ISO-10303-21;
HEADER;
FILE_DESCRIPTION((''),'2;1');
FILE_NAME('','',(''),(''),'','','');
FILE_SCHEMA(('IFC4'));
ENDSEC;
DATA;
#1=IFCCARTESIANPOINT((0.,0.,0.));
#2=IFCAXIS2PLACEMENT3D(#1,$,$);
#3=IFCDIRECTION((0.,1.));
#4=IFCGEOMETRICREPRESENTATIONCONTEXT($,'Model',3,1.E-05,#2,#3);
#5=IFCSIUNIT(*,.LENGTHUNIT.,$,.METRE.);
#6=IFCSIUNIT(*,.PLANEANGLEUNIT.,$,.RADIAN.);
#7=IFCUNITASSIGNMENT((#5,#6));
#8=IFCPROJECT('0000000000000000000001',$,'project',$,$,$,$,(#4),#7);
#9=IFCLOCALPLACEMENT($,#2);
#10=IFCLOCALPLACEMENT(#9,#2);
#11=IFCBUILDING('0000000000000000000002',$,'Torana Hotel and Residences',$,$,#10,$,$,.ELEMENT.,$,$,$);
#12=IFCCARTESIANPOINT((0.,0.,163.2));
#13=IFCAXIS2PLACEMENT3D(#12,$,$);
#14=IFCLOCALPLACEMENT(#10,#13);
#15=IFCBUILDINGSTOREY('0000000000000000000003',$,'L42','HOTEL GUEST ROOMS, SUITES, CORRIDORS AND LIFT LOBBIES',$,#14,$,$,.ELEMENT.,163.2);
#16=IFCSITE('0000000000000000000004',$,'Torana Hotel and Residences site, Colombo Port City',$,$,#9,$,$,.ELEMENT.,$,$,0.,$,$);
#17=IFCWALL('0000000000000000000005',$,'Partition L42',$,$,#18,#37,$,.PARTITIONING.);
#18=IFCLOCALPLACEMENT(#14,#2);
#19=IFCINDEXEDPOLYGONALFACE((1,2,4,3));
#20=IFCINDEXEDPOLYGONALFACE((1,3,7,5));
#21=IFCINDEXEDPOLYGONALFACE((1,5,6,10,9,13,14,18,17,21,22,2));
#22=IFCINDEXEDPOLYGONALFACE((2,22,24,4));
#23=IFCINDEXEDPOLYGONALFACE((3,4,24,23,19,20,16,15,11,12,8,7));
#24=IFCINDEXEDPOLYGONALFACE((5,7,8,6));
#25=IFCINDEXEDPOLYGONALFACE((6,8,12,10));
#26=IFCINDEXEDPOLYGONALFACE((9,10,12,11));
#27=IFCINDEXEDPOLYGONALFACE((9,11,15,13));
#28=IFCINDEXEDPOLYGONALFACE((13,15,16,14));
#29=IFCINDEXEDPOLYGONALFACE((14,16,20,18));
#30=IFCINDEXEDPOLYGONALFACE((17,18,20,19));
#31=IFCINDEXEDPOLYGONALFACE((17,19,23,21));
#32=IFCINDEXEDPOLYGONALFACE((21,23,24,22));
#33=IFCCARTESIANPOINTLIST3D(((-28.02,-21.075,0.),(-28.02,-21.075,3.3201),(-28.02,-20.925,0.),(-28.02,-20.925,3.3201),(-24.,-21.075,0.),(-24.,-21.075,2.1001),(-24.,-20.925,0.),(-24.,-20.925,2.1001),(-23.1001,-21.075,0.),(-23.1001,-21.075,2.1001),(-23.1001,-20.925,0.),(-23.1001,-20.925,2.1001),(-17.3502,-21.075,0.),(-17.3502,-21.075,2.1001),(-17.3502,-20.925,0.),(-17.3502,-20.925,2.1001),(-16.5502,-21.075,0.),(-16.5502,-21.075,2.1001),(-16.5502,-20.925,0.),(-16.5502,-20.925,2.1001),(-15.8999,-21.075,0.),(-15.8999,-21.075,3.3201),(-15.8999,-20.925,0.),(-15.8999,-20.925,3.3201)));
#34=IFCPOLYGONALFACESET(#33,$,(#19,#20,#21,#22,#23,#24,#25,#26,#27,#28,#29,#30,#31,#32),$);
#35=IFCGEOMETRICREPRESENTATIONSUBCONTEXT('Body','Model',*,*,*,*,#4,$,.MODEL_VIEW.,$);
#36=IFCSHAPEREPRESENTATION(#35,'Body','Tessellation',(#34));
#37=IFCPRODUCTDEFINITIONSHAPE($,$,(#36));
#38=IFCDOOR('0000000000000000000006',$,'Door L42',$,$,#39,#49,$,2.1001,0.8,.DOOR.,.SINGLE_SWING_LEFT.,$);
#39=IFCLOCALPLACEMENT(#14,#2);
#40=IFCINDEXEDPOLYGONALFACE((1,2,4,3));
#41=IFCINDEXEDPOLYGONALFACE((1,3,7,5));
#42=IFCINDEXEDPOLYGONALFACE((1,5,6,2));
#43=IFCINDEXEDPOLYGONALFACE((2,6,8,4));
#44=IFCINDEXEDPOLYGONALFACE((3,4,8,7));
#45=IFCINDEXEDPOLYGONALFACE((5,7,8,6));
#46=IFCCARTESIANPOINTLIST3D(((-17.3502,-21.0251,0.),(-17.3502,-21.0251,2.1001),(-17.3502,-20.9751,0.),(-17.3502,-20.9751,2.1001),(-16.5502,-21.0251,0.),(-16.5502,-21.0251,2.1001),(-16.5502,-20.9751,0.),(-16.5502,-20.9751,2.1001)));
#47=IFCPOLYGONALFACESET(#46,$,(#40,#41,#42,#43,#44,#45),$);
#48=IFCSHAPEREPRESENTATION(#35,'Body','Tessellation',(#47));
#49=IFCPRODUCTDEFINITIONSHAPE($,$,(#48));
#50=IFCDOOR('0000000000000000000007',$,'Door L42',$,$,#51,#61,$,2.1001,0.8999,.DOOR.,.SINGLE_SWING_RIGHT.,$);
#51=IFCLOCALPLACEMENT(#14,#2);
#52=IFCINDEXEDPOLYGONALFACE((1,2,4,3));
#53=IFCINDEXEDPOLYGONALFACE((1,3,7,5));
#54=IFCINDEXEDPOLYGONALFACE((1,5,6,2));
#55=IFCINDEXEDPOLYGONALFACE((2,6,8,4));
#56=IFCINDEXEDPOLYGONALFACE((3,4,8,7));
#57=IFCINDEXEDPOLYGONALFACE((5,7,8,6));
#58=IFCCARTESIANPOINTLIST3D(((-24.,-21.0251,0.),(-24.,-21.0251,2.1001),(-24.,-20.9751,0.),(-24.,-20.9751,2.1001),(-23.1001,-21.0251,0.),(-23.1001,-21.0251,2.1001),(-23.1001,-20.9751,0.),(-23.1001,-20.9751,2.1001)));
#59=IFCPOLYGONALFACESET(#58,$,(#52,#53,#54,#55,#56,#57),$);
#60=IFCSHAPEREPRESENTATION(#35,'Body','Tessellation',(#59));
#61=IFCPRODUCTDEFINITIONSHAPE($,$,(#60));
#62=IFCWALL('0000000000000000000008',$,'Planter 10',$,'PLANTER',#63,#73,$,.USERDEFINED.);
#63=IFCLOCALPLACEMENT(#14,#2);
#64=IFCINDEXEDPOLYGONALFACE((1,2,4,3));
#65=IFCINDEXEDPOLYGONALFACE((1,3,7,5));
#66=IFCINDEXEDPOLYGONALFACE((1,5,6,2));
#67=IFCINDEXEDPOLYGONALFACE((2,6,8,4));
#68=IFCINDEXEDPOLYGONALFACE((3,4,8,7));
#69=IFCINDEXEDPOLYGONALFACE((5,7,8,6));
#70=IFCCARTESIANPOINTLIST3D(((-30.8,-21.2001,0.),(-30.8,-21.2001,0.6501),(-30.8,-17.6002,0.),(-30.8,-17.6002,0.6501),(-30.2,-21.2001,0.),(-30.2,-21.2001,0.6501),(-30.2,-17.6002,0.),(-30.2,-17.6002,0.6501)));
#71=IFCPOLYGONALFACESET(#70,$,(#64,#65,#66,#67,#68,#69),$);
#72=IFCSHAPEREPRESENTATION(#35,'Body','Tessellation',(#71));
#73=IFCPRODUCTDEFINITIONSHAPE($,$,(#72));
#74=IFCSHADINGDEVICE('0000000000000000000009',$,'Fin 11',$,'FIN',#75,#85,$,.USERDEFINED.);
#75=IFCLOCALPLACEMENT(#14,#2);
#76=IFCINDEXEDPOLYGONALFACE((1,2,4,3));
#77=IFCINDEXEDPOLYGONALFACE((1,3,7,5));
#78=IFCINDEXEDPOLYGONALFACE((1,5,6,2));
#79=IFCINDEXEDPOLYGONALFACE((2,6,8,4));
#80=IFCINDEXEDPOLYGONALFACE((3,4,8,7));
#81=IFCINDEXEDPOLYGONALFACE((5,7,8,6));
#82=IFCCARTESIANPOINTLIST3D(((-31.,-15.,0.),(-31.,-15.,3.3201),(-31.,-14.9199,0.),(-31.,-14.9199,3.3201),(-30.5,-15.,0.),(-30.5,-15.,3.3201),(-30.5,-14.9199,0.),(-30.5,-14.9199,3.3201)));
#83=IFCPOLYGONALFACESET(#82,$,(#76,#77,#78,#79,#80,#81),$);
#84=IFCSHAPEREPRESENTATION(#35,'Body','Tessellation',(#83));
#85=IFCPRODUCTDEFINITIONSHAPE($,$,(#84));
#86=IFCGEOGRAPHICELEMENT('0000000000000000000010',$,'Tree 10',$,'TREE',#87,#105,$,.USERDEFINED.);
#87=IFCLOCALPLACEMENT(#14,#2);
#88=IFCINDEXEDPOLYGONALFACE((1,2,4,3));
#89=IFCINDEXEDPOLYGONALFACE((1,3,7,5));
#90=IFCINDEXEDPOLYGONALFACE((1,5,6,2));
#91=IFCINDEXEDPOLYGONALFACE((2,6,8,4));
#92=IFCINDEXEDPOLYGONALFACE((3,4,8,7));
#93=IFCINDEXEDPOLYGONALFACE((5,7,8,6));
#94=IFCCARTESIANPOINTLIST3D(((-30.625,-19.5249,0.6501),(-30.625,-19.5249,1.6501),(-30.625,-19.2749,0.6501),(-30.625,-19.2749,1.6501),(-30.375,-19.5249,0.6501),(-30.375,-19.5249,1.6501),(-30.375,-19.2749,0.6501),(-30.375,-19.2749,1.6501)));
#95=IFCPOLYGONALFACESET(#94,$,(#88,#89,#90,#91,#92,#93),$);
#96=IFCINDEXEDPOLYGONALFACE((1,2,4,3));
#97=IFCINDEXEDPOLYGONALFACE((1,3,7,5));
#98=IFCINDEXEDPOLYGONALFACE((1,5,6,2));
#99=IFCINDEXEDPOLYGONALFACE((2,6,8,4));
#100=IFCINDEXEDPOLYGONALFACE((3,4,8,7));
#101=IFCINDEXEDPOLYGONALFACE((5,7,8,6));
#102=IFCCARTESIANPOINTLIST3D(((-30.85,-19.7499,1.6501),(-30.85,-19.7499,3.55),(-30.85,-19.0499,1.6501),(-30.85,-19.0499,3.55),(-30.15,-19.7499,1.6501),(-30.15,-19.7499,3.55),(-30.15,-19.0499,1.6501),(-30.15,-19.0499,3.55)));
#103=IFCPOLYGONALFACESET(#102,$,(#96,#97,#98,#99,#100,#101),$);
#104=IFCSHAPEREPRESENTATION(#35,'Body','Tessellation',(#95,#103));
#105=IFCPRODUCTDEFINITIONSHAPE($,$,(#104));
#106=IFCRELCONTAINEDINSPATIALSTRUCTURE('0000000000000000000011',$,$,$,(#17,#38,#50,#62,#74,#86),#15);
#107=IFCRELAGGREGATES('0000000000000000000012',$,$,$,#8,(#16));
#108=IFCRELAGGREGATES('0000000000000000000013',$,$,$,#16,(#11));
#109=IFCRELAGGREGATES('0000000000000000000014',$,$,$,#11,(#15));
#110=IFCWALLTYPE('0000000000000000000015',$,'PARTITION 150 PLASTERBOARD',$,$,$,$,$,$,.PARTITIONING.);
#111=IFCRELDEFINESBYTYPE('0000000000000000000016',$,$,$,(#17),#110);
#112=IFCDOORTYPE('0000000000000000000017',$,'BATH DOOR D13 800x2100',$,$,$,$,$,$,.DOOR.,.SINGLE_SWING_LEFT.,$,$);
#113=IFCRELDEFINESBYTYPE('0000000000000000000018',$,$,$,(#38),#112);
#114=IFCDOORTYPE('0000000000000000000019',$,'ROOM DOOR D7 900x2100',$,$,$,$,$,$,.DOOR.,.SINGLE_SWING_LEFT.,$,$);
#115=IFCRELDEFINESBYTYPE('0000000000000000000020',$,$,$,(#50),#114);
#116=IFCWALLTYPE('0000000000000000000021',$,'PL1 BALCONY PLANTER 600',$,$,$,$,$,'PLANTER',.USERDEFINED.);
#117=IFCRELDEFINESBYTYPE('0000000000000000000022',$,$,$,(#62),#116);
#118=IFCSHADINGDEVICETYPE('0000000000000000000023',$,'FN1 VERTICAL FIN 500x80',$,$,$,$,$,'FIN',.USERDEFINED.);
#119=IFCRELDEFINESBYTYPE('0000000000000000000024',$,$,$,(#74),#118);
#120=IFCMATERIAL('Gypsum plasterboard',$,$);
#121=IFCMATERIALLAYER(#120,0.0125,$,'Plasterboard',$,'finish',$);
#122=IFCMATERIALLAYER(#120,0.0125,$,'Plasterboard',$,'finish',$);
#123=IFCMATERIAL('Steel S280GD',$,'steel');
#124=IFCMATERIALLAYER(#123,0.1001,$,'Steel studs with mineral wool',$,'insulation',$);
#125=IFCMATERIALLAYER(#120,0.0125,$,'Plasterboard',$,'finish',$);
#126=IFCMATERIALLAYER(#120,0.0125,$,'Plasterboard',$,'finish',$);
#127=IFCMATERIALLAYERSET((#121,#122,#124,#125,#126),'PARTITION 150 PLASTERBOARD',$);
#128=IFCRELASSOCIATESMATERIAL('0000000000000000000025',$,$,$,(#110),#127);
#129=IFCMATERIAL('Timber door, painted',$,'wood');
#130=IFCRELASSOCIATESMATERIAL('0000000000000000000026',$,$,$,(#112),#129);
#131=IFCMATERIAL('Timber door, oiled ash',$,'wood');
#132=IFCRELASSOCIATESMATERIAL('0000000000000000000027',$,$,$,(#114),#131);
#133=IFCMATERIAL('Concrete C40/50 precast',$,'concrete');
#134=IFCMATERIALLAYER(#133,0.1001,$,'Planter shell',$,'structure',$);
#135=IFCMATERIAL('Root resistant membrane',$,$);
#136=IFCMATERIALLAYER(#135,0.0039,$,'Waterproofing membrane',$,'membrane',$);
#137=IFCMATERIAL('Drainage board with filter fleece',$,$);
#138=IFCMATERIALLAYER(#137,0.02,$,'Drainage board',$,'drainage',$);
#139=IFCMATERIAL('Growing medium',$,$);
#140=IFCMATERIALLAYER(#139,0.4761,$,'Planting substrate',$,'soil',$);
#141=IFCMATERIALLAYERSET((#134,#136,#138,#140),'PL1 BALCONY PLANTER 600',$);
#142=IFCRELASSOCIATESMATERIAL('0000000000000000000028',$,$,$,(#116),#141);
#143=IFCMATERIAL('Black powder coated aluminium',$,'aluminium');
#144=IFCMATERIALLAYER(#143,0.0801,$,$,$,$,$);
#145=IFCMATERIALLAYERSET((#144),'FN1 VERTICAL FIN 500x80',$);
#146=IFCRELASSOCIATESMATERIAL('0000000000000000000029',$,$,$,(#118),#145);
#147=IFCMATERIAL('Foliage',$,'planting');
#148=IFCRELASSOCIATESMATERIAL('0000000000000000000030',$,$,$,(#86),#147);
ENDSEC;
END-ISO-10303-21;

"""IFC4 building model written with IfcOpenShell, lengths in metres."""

from ifc_helpers import new_model, si_unit, direction, frame, frame_2d, origin, origin_2d, place, context, subcontext, project, spatial, rectangle, extrude, material, layer, layer_set, type_object, element, fill, save


model = new_model("IFC4")

# Units and contexts
model_context = context("Model", 3, precision=1e-05, world=origin(), true_north=direction((0.0, 1.0)))
body_context = subcontext(model_context, "Body", "Model", "MODEL_VIEW")
ifc_project = project(units=[si_unit("LENGTHUNIT", "METRE"), si_unit("PLANEANGLEUNIT", "RADIAN")], contexts=[model_context])

# Site, building, storey
site_placement = place(None, origin())
site = spatial("IfcSite", under=ifc_project, at=site_placement, Name="Torana Hotel and Residences site, Colombo Port City", CompositionType="ELEMENT", RefElevation=0.0)
building_placement = place(site_placement, origin())
building = spatial("IfcBuilding", under=site, at=building_placement, Name="Torana Hotel and Residences", CompositionType="ELEMENT")
storey_placement = place(building_placement, frame((0.0, 0.0, 163.2)))
storey = spatial("IfcBuildingStorey", under=building, at=storey_placement, Name="L42", Description="HOTEL GUEST ROOMS, SUITES, CORRIDORS AND LIFT LOBBIES", CompositionType="ELEMENT", Elevation=163.2)

# Wall, openings, doors
ifc_material_1 = material(Name="Gypsum plasterboard")
ifc_layer_1 = layer(ifc_material_1, 0.0125, Name="Plasterboard", Category="finish")
ifc_layer_2 = layer(ifc_material_1, 0.0125, Name="Plasterboard", Category="finish")
ifc_material_2 = material(Name="Steel S280GD", Category="steel")
ifc_layer_3 = layer(ifc_material_2, 0.1001, Name="Steel studs with mineral wool", Category="insulation")
ifc_layer_4 = layer(ifc_material_1, 0.0125, Name="Plasterboard", Category="finish")
ifc_layer_5 = layer(ifc_material_1, 0.0125, Name="Plasterboard", Category="finish")
ifc_layer_set_1 = layer_set([ifc_layer_1, ifc_layer_2, ifc_layer_3, ifc_layer_4, ifc_layer_5], Name="PARTITION 150 PLASTERBOARD")
wall_type_1 = type_object("IfcWallType", Name="PARTITION 150 PLASTERBOARD", PredefinedType="PARTITIONING", material=ifc_layer_set_1)
wall_1_placement = place(storey_placement, frame((-28.02, -21.0, 0.0), z_axis=(0.0, 0.0, 1.0), x_axis=(1.0, 0.0, 0.0)))
wall_1 = element("IfcWall", 1, at=wall_1_placement, inside=storey, type_object=wall_type_1, Name="Partition L42", PredefinedType="PARTITIONING", context=body_context, shape_type="SweptSolid", body=[
    extrude(rectangle(XDim=12.1201, YDim=0.1499, at=frame_2d((6.0601, 0.0))), origin(), (0.0, 0.0, 1.0), 3.3201),
])
opening_1_placement = place(wall_1_placement, frame((10.6699, 0.0, 0.0)))
opening_1 = element("IfcOpeningElement", 2, at=opening_1_placement, cuts=wall_1, PredefinedType="OPENING", context=body_context, shape_type="SweptSolid", body=[
    extrude(rectangle(XDim=0.8, YDim=2.1001, at=frame_2d((0.3999, 1.05))), frame((0.0, 0.085, 0.0), z_axis=(0.0, -1.0, 0.0), x_axis=(1.0, 0.0, 0.0)), (0.0, 0.0, 1.0), 0.1699),
])
opening_2_placement = place(wall_1_placement, frame((4.02, 0.0, 0.0)))
opening_2 = element("IfcOpeningElement", 3, at=opening_2_placement, cuts=wall_1, PredefinedType="OPENING", context=body_context, shape_type="SweptSolid", body=[
    extrude(rectangle(XDim=0.8999, YDim=2.1001, at=frame_2d((0.45, 1.05))), frame((0.0, 0.085, 0.0), z_axis=(0.0, -1.0, 0.0), x_axis=(1.0, 0.0, 0.0)), (0.0, 0.0, 1.0), 0.1699),
])
ifc_material_3 = material(Name="Timber door, painted", Category="wood")
door_type_1 = type_object("IfcDoorType", Name="BATH DOOR D13 800x2100", OperationType="SINGLE_SWING_LEFT", PredefinedType="DOOR", material=ifc_material_3)
door_1_placement = place(opening_1_placement, origin())
door_1 = element("IfcDoor", 4, at=door_1_placement, inside=storey, type_object=door_type_1, Name="Door L42", OperationType="SINGLE_SWING_LEFT", OverallHeight=2.1001, OverallWidth=0.8, PredefinedType="DOOR", context=body_context, shape_type="SweptSolid", body=[
    extrude(rectangle(XDim=0.8, YDim=2.1001, at=frame_2d((0.3999, 1.05))), frame((0.0, 0.0249, 0.0), z_axis=(0.0, -1.0, 0.0), x_axis=(1.0, 0.0, 0.0)), (0.0, 0.0, 1.0), 0.05),
])
fill(opening_1, door_1)
ifc_material_4 = material(Name="Timber door, oiled ash", Category="wood")
door_type_2 = type_object("IfcDoorType", Name="ROOM DOOR D7 900x2100", OperationType="SINGLE_SWING_LEFT", PredefinedType="DOOR", material=ifc_material_4)
door_2_placement = place(opening_2_placement, origin())
door_2 = element("IfcDoor", 5, at=door_2_placement, inside=storey, type_object=door_type_2, Name="Door L42", OperationType="SINGLE_SWING_RIGHT", OverallHeight=2.1001, OverallWidth=0.8999, PredefinedType="DOOR", context=body_context, shape_type="SweptSolid", body=[
    extrude(rectangle(XDim=0.8999, YDim=2.1001, at=frame_2d((0.45, 1.05))), frame((0.0, 0.0249, 0.0), z_axis=(0.0, -1.0, 0.0), x_axis=(1.0, 0.0, 0.0)), (0.0, 0.0, 1.0), 0.05),
])
fill(opening_2, door_2)

# Wall
ifc_material_5 = material(Name="Concrete C40/50 precast", Category="concrete")
ifc_layer_6 = layer(ifc_material_5, 0.1001, Name="Planter shell", Category="structure")
ifc_material_6 = material(Name="Root resistant membrane")
ifc_layer_7 = layer(ifc_material_6, 0.0039, Name="Waterproofing membrane", Category="membrane")
ifc_material_7 = material(Name="Drainage board with filter fleece")
ifc_layer_8 = layer(ifc_material_7, 0.02, Name="Drainage board", Category="drainage")
ifc_material_8 = material(Name="Growing medium")
ifc_layer_9 = layer(ifc_material_8, 0.4761, Name="Planting substrate", Category="soil")
ifc_layer_set_2 = layer_set([ifc_layer_6, ifc_layer_7, ifc_layer_8, ifc_layer_9], Name="PL1 BALCONY PLANTER 600")
wall_type_2 = type_object("IfcWallType", Name="PL1 BALCONY PLANTER 600", ElementType="PLANTER", PredefinedType="USERDEFINED", material=ifc_layer_set_2)
wall_2_placement = place(storey_placement, frame((-30.5, -21.2, 0.0), z_axis=(0.0, 0.0, 1.0), x_axis=(0.0, 1.0, 0.0)))
element("IfcWall", 6, at=wall_2_placement, inside=storey, type_object=wall_type_2, Name="Planter 10", ObjectType="PLANTER", PredefinedType="USERDEFINED", context=body_context, shape_type="SweptSolid", body=[
    extrude(rectangle(XDim=3.5999, YDim=0.6001, at=frame_2d((1.7998, 0.0))), origin(), (0.0, 0.0, 1.0), 0.6501),
])

# Shading device
ifc_material_9 = material(Name="Black powder coated aluminium", Category="aluminium")
ifc_layer_10 = layer(ifc_material_9, 0.0801)
ifc_layer_set_3 = layer_set([ifc_layer_10], Name="FN1 VERTICAL FIN 500x80")
shading_device_type = type_object("IfcShadingDeviceType", Name="FN1 VERTICAL FIN 500x80", ElementType="FIN", PredefinedType="USERDEFINED", material=ifc_layer_set_3)
shading_device_placement = place(storey_placement, frame((-30.75, -14.96, 0.0), z_axis=(0.0, 0.0, 1.0), x_axis=(0.0, 1.0, 0.0)))
element("IfcShadingDevice", 7, at=shading_device_placement, inside=storey, type_object=shading_device_type, Name="Fin 11", ObjectType="FIN", PredefinedType="USERDEFINED", context=body_context, shape_type="SweptSolid", body=[
    extrude(rectangle(XDim=0.0801, YDim=0.5, at=origin_2d()), origin(), (0.0, 0.0, 1.0), 3.3201),
])

# Geographic element
ifc_material_10 = material(Name="Foliage", Category="planting")
geographic_element_placement = place(storey_placement, frame((-30.5, -19.3999, 0.6501), z_axis=(0.0, 0.0, 1.0), x_axis=(1.0, 0.0, 0.0)))
element("IfcGeographicElement", 8, at=geographic_element_placement, inside=storey, material=ifc_material_10, Name="Tree 10", ObjectType="TREE", PredefinedType="USERDEFINED", context=body_context, shape_type="SweptSolid", body=[
    extrude(rectangle(XDim=0.25, YDim=0.25, at=origin_2d()), origin(), (0.0, 0.0, 1.0), 1.0),
    extrude(rectangle(XDim=0.7, YDim=0.7, at=origin_2d()), frame((0.0, 0.0, 1.0)), (0.0, 0.0, 1.0), 1.8999),
])

save(model, "model.ifc")
